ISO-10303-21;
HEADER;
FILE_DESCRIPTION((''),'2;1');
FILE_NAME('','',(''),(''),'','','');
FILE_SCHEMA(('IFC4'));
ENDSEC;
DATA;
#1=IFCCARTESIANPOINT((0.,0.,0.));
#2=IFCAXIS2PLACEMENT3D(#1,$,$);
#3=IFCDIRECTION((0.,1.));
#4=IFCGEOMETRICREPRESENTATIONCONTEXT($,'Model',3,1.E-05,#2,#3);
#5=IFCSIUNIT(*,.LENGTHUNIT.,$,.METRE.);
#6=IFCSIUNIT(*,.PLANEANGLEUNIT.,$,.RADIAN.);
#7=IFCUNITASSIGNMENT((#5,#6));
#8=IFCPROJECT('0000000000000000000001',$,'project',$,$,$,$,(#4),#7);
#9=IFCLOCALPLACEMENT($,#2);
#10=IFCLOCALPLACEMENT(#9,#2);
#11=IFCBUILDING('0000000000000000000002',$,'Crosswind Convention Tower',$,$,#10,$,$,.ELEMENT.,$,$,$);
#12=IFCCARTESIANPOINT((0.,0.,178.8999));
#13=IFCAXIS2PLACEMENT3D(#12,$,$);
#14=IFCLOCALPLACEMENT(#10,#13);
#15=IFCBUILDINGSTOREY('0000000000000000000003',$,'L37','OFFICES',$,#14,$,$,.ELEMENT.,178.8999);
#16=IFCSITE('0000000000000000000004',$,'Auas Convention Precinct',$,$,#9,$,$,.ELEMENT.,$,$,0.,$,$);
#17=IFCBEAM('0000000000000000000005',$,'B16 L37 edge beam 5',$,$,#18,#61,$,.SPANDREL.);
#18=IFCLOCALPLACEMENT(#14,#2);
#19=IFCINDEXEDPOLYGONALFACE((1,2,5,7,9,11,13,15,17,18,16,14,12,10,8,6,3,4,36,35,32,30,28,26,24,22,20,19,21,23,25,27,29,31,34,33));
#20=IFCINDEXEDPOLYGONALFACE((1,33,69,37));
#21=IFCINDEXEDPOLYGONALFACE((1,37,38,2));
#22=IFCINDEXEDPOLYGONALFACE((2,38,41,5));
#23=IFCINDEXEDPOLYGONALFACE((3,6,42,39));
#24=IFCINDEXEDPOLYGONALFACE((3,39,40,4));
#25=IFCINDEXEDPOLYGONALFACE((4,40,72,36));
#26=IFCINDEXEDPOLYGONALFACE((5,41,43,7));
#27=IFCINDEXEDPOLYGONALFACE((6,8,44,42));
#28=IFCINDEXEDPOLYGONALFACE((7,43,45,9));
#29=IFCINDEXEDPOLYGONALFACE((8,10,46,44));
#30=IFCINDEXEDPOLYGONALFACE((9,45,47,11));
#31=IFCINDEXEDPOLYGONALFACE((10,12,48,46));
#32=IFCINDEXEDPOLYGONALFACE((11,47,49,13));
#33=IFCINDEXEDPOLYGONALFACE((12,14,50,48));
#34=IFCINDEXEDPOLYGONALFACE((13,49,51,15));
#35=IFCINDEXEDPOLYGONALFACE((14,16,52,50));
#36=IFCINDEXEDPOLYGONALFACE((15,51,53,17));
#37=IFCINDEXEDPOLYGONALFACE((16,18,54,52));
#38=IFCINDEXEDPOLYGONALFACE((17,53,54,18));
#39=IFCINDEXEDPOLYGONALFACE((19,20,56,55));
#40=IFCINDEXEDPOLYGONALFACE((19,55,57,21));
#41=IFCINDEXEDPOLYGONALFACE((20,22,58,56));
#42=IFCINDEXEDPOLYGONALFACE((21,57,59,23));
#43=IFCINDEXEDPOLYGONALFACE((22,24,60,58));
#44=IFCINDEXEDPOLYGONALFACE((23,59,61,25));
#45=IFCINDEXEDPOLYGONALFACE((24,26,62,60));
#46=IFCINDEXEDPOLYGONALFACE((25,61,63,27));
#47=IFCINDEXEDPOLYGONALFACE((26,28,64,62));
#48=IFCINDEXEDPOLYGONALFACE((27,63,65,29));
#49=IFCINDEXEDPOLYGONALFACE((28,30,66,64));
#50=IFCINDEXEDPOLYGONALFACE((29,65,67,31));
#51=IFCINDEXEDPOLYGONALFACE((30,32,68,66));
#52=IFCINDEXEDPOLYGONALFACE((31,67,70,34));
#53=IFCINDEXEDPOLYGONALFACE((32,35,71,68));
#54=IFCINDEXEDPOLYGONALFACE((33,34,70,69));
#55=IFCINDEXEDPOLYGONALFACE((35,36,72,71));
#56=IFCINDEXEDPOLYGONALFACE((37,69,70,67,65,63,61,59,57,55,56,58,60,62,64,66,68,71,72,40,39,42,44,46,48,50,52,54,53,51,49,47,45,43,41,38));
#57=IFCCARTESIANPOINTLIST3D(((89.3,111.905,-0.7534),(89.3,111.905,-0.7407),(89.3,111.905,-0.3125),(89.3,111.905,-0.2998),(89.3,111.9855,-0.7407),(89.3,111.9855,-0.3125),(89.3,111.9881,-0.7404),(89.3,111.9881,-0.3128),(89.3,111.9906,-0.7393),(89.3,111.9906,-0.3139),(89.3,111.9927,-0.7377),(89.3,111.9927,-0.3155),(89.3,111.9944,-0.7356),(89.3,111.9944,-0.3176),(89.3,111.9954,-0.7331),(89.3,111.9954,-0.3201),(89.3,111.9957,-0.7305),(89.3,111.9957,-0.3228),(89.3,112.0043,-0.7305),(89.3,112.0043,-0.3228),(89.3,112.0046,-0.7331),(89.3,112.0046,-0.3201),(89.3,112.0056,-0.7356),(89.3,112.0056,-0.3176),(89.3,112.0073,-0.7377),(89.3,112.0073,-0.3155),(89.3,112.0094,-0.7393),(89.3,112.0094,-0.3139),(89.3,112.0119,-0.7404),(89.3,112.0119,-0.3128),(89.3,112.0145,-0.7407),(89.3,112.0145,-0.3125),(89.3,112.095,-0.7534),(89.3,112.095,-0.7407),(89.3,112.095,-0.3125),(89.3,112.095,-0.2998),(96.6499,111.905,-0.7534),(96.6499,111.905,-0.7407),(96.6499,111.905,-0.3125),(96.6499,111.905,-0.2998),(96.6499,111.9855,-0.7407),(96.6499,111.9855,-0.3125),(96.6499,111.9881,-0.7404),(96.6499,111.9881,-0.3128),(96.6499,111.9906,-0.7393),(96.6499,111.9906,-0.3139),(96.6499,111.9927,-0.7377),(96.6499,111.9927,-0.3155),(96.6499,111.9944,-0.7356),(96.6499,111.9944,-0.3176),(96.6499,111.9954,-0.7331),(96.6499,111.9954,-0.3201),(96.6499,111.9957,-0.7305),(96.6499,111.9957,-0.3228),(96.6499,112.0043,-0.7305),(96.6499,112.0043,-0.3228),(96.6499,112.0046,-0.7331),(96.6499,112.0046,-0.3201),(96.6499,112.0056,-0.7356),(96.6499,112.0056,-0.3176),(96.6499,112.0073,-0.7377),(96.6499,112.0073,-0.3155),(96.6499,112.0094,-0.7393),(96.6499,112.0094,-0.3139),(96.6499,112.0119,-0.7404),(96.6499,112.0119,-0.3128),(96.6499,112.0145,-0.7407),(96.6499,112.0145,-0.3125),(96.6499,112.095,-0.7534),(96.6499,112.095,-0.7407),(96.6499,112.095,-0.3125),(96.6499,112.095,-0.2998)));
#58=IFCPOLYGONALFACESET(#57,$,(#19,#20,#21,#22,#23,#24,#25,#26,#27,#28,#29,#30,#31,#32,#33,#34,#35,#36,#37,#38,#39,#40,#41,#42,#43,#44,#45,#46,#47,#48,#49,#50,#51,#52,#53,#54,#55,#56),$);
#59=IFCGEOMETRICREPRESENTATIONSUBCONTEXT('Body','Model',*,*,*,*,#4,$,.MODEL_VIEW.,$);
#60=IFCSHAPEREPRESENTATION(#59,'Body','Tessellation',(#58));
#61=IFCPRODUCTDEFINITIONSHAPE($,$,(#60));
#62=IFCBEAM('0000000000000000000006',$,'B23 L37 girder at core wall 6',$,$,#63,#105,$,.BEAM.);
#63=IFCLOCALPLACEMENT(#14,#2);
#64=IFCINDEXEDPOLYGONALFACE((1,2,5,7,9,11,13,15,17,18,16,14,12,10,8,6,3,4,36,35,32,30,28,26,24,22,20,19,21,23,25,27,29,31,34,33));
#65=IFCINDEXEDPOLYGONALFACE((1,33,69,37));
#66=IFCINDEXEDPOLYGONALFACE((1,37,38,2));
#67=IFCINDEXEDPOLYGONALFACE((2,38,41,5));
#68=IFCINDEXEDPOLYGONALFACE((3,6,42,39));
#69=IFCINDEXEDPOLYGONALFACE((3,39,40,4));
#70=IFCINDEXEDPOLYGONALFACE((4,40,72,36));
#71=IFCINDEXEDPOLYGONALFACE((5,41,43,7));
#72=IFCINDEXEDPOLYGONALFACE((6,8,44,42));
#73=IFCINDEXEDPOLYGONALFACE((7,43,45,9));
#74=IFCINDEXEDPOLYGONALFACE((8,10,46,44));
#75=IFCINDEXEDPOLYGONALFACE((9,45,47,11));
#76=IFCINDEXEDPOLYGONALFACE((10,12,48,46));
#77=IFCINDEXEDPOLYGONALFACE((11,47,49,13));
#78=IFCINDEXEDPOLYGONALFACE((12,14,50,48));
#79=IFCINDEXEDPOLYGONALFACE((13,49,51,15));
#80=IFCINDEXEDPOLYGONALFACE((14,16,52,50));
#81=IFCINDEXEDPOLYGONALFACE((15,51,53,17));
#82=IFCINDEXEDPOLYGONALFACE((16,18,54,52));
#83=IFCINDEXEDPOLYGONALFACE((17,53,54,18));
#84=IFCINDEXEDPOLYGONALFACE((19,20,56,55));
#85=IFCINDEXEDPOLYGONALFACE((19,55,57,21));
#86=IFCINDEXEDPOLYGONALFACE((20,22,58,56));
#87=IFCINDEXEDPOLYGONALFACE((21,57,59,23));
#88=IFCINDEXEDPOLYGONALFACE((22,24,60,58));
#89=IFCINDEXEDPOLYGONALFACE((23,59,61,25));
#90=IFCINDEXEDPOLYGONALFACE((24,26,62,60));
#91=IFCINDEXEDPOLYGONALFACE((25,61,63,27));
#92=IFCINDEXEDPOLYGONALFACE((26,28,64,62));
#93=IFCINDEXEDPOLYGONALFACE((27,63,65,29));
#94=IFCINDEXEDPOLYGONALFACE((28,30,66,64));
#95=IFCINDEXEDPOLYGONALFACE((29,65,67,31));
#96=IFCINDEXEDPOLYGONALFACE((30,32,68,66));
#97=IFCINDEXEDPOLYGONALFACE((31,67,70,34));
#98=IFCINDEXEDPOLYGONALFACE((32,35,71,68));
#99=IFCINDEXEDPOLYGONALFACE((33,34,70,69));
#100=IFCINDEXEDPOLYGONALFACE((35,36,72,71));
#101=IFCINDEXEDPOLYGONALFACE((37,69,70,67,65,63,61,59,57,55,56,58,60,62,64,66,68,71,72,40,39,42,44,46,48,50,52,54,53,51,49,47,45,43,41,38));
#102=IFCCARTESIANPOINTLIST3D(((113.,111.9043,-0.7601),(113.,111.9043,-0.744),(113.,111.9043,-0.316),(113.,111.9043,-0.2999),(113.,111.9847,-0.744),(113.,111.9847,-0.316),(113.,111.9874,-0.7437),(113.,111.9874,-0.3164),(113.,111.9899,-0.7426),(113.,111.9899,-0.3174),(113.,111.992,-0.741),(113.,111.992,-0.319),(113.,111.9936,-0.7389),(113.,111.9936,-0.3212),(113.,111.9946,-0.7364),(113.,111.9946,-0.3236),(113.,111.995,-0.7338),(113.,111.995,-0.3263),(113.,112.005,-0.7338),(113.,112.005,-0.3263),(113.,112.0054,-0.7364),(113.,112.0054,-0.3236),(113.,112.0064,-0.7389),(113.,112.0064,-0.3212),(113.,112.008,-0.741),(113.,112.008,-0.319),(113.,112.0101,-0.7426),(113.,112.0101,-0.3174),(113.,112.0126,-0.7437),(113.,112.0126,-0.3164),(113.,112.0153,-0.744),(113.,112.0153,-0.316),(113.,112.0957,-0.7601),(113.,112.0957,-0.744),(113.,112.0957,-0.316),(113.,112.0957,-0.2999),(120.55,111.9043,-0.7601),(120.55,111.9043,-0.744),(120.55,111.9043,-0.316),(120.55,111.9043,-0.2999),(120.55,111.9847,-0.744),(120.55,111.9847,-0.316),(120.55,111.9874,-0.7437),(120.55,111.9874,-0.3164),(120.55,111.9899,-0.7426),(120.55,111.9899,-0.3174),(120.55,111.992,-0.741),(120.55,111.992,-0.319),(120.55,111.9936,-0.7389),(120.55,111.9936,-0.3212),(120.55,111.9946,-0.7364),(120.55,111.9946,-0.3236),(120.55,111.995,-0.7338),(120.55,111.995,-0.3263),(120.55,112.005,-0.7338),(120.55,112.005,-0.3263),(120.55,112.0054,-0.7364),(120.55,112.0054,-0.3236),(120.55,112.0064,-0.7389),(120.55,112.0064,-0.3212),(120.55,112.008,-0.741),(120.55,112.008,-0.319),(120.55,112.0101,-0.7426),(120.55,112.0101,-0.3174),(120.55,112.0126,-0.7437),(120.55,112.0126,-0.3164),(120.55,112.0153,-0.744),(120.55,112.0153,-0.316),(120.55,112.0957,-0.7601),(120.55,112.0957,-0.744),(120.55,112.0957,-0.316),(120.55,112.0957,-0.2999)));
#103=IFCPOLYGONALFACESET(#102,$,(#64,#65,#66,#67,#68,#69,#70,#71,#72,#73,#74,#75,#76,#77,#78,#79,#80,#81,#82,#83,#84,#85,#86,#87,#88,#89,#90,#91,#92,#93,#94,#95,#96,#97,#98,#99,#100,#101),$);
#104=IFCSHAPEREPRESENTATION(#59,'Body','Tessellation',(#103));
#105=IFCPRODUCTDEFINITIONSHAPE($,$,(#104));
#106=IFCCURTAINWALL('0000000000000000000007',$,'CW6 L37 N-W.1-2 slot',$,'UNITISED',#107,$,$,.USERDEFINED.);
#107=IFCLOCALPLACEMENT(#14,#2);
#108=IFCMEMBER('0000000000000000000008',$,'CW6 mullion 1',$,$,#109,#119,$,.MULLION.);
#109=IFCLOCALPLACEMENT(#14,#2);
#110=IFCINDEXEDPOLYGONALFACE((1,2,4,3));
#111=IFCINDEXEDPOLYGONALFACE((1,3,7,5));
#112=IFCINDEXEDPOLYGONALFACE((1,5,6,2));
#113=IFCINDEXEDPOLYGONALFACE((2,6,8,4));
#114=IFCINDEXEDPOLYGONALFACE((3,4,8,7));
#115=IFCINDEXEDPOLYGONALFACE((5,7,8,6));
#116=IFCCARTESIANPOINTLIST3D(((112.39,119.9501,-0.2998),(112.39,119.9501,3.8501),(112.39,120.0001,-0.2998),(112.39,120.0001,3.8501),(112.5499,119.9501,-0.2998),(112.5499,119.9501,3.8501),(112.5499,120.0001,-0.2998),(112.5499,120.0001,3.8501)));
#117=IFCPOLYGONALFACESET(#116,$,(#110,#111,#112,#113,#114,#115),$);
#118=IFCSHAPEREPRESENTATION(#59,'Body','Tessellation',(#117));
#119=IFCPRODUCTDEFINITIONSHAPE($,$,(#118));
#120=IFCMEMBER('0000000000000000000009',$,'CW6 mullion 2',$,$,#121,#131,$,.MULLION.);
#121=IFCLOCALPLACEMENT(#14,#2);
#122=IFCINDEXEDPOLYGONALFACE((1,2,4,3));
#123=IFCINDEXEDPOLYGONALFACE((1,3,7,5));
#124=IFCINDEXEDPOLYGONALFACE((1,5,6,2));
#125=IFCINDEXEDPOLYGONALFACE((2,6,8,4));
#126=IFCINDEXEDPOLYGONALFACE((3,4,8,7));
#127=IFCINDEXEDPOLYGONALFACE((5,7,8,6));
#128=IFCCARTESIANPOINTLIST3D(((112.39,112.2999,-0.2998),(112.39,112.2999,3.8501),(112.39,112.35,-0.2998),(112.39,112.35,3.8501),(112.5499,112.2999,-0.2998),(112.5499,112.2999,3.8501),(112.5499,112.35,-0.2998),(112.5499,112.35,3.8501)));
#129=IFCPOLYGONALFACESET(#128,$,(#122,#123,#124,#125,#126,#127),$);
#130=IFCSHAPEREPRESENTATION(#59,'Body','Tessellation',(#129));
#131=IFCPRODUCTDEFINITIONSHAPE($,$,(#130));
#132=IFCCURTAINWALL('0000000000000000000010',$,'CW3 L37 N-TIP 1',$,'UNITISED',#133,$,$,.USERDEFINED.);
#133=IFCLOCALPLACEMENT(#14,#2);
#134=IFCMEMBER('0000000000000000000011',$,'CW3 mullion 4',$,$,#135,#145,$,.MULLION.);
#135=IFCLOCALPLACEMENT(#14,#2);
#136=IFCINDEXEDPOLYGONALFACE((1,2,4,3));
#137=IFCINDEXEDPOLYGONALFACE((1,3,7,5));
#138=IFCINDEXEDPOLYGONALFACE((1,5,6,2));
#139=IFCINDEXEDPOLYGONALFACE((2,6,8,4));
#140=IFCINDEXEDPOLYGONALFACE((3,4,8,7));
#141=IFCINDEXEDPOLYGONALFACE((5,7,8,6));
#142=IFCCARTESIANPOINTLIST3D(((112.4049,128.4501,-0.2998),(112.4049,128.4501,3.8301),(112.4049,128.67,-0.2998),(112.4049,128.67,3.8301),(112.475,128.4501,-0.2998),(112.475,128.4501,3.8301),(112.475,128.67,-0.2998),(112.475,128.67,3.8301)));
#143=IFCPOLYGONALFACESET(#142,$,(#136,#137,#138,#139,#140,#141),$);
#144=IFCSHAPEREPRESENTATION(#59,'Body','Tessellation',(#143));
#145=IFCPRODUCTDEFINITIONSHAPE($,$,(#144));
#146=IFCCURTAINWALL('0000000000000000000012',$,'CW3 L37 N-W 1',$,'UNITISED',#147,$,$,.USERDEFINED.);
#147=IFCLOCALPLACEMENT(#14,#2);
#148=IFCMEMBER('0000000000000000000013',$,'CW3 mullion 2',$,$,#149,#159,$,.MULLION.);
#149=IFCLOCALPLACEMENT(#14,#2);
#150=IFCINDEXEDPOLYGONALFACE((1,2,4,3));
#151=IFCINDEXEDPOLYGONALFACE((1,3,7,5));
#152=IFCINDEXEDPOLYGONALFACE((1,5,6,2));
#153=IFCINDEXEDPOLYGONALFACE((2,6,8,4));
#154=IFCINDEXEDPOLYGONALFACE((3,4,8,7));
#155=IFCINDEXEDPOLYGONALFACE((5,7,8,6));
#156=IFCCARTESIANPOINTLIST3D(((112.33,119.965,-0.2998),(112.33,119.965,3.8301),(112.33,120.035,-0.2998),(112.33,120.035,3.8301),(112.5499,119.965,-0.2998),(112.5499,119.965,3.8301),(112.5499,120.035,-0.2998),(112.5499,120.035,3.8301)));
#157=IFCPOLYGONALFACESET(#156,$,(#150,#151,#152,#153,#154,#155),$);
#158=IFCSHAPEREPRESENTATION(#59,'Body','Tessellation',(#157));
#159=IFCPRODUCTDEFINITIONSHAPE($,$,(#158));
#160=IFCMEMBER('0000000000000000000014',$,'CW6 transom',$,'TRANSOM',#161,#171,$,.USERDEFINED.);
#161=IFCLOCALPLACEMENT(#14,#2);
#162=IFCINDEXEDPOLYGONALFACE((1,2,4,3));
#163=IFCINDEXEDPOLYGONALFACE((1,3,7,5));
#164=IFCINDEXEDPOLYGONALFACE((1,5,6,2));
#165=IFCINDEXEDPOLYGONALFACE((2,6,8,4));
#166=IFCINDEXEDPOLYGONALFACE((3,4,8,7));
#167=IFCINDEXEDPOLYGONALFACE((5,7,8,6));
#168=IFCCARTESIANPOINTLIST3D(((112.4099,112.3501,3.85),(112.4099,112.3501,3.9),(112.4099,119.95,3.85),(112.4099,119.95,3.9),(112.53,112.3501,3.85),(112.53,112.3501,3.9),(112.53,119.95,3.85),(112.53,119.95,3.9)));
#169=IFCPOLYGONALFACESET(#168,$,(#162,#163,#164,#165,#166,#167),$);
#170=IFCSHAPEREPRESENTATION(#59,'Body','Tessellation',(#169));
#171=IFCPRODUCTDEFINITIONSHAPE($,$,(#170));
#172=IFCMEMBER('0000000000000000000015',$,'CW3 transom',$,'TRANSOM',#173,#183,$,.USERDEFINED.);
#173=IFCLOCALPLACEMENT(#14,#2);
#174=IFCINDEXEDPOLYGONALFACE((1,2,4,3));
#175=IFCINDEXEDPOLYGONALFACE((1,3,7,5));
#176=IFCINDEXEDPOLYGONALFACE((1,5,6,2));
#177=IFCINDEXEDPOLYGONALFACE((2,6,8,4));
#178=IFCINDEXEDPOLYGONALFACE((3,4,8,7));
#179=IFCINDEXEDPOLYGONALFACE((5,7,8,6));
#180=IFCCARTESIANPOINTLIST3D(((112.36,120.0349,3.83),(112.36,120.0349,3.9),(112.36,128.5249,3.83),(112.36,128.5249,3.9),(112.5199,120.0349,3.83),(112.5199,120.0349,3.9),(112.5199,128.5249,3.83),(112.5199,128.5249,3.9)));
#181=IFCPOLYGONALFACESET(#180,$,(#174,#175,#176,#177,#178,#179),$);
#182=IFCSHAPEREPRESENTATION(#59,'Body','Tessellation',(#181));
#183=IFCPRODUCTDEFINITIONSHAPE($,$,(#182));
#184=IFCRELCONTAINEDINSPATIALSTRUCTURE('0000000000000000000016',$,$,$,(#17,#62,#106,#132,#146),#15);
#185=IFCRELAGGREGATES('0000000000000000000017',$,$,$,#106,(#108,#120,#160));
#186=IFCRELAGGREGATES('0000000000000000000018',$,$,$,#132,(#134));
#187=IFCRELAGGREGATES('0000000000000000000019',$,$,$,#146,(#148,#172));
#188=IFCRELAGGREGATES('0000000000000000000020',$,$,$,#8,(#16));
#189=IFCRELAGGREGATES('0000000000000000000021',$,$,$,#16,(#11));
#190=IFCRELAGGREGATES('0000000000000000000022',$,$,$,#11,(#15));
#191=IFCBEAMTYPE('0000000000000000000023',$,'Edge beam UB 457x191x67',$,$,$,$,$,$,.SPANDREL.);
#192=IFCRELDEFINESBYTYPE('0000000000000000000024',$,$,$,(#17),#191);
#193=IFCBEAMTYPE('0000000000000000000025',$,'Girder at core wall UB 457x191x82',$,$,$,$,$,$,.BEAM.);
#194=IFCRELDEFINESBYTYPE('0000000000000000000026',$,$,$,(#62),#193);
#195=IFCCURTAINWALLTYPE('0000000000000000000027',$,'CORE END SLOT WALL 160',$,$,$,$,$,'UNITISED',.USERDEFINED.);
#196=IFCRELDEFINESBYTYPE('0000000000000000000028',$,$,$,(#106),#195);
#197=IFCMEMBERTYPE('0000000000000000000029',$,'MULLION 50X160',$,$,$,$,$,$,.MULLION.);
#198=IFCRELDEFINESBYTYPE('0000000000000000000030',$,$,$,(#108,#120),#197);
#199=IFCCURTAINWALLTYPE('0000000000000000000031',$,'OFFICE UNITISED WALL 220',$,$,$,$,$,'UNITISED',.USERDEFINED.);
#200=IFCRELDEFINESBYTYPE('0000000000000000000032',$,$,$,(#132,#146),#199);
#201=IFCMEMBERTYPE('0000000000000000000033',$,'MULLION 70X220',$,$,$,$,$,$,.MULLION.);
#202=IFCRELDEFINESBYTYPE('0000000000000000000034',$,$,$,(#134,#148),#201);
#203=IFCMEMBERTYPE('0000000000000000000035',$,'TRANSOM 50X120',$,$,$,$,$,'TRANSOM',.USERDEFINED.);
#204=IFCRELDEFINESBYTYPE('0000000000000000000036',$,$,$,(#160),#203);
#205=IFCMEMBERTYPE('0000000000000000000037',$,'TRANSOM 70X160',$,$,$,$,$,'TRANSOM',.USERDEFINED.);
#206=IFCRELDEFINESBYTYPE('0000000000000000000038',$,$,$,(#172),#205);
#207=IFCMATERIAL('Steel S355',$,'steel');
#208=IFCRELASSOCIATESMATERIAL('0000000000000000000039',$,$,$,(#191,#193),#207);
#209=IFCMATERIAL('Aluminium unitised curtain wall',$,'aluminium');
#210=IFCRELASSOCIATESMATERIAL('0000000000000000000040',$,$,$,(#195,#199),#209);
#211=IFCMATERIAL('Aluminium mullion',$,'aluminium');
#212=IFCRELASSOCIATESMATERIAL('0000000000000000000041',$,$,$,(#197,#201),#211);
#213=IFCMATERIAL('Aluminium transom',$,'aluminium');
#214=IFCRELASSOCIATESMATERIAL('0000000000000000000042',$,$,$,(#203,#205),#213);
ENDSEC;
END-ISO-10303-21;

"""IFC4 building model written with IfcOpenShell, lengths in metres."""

from ifc_helpers import new_model, si_unit, direction, frame, origin, origin_2d, place, context, subcontext, project, spatial, rectangle, i_section, extrude, material, material_profile, profile_set, type_object, element, aggregate, save


model = new_model("IFC4")

# Units and contexts
model_context = context("Model", 3, precision=1e-05, world=origin(), true_north=direction((0.0, 1.0)))
body_context = subcontext(model_context, "Body", "Model", "MODEL_VIEW")
ifc_project = project(units=[si_unit("LENGTHUNIT", "METRE"), si_unit("PLANEANGLEUNIT", "RADIAN")], contexts=[model_context])

# Site, building, storey
site_placement = place(None, origin())
site = spatial("IfcSite", under=ifc_project, at=site_placement, Name="Auas Convention Precinct", CompositionType="ELEMENT", RefElevation=0.0)
building_placement = place(site_placement, origin())
building = spatial("IfcBuilding", under=site, at=building_placement, Name="Crosswind Convention Tower", CompositionType="ELEMENT")
storey_placement = place(building_placement, frame((0.0, 0.0, 178.8999)))
storey = spatial("IfcBuildingStorey", under=building, at=storey_placement, Name="L37", Description="OFFICES", CompositionType="ELEMENT", Elevation=178.8999)

# Beams
ifc_material_1 = material(Name="Steel S355", Category="steel")
ifc_material_profile_1 = material_profile(ifc_material_1, i_section(OverallWidth=0.1899, OverallDepth=0.4536, WebThickness=0.0085, FlangeThickness=0.0127, FilletRadius=0.0103, at=origin_2d()), Name="UB 457x191x67")
ifc_profile_set_1 = profile_set([ifc_material_profile_1], Name="Steel S355")
beam_type_1 = type_object("IfcBeamType", Name="Edge beam UB 457x191x67", PredefinedType="SPANDREL", material=ifc_profile_set_1)
beam_1_placement = place(storey_placement, frame((89.3, 112.0, -0.5266), z_axis=(1.0, 0.0, 0.0), x_axis=(0.0, 1.0, 0.0)))
element("IfcBeam", 1, at=beam_1_placement, inside=storey, type_object=beam_type_1, Name="B16 L37 edge beam 5", PredefinedType="SPANDREL", context=body_context, shape_type="SweptSolid", body=[
    extrude(i_section(OverallWidth=0.1899, OverallDepth=0.4536, WebThickness=0.0085, FlangeThickness=0.0127, FilletRadius=0.0103, at=origin_2d()), origin(), (0.0, 0.0, 1.0), 7.3499),
])
ifc_material_profile_2 = material_profile(ifc_material_1, i_section(OverallWidth=0.1914, OverallDepth=0.4602, WebThickness=0.01, FlangeThickness=0.0161, FilletRadius=0.0103, at=origin_2d()), Name="UB 457x191x82")
ifc_profile_set_2 = profile_set([ifc_material_profile_2], Name="Steel S355")
beam_type_2 = type_object("IfcBeamType", Name="Girder at core wall UB 457x191x82", PredefinedType="BEAM", material=ifc_profile_set_2)
beam_2_placement = place(storey_placement, frame((113.0, 112.0, -0.53), z_axis=(1.0, 0.0, 0.0), x_axis=(0.0, 1.0, 0.0)))
element("IfcBeam", 2, at=beam_2_placement, inside=storey, type_object=beam_type_2, Name="B23 L37 girder at core wall 6", PredefinedType="BEAM", context=body_context, shape_type="SweptSolid", body=[
    extrude(i_section(OverallWidth=0.1914, OverallDepth=0.4602, WebThickness=0.01, FlangeThickness=0.0161, FilletRadius=0.0103, at=origin_2d()), origin(), (0.0, 0.0, 1.0), 7.55),
])

# Curtain wall, members
ifc_material_2 = material(Name="Aluminium unitised curtain wall", Category="aluminium")
curtain_wall_type_1 = type_object("IfcCurtainWallType", Name="CORE END SLOT WALL 160", ElementType="UNITISED", PredefinedType="USERDEFINED", material=ifc_material_2)
curtain_wall_1_placement = place(storey_placement, origin())
curtain_wall_1 = element("IfcCurtainWall", 3, at=curtain_wall_1_placement, inside=storey, type_object=curtain_wall_type_1, Name="CW6 L37 N-W.1-2 slot", ObjectType="UNITISED", PredefinedType="USERDEFINED")
ifc_material_3 = material(Name="Aluminium mullion", Category="aluminium")
ifc_material_profile_3 = material_profile(ifc_material_3, rectangle(XDim=0.1599, YDim=0.05, at=origin_2d()), Name="AL 160X50")
ifc_profile_set_3 = profile_set([ifc_material_profile_3], Name="Aluminium mullion")
member_type_1 = type_object("IfcMemberType", Name="MULLION 50X160", PredefinedType="MULLION", material=ifc_profile_set_3)
member_1_placement = place(storey_placement, frame((112.47, 119.9751, -0.2998), z_axis=(0.0, 0.0, 1.0), x_axis=(-1.0, 0.0, 0.0)))
member_1 = element("IfcMember", 4, at=member_1_placement, type_object=member_type_1, Name="CW6 mullion 1", PredefinedType="MULLION", context=body_context, shape_type="SweptSolid", body=[
    extrude(rectangle(XDim=0.1599, YDim=0.05, at=origin_2d()), origin(), (0.0, 0.0, 1.0), 4.1499),
])
member_2_placement = place(storey_placement, frame((112.47, 112.325, -0.2998), z_axis=(0.0, 0.0, 1.0), x_axis=(-1.0, 0.0, 0.0)))
member_2 = element("IfcMember", 5, at=member_2_placement, type_object=member_type_1, Name="CW6 mullion 2", PredefinedType="MULLION", context=body_context, shape_type="SweptSolid", body=[
    extrude(rectangle(XDim=0.1599, YDim=0.05, at=origin_2d()), origin(), (0.0, 0.0, 1.0), 4.1499),
])

# Curtain walls, members
curtain_wall_type_2 = type_object("IfcCurtainWallType", Name="OFFICE UNITISED WALL 220", ElementType="UNITISED", PredefinedType="USERDEFINED", material=ifc_material_2)
curtain_wall_2_placement = place(storey_placement, origin())
curtain_wall_2 = element("IfcCurtainWall", 6, at=curtain_wall_2_placement, inside=storey, type_object=curtain_wall_type_2, Name="CW3 L37 N-TIP 1", ObjectType="UNITISED", PredefinedType="USERDEFINED")
ifc_material_profile_4 = material_profile(ifc_material_3, rectangle(XDim=0.22, YDim=0.0701, at=origin_2d()), Name="AL 220X70")
ifc_profile_set_4 = profile_set([ifc_material_profile_4], Name="Aluminium mullion")
member_type_2 = type_object("IfcMemberType", Name="MULLION 70X220", PredefinedType="MULLION", material=ifc_profile_set_4)
member_3_placement = place(storey_placement, frame((112.4399, 128.5601, -0.2998), z_axis=(0.0, 0.0, 1.0), x_axis=(0.0, 1.0, 0.0)))
member_3 = element("IfcMember", 7, at=member_3_placement, type_object=member_type_2, Name="CW3 mullion 4", PredefinedType="MULLION", context=body_context, shape_type="SweptSolid", body=[
    extrude(rectangle(XDim=0.22, YDim=0.0701, at=origin_2d()), origin(), (0.0, 0.0, 1.0), 4.1299),
])
curtain_wall_3_placement = place(storey_placement, origin())
curtain_wall_3 = element("IfcCurtainWall", 8, at=curtain_wall_3_placement, inside=storey, type_object=curtain_wall_type_2, Name="CW3 L37 N-W 1", ObjectType="UNITISED", PredefinedType="USERDEFINED")
member_4_placement = place(storey_placement, frame((112.4399, 120.0, -0.2998), z_axis=(0.0, 0.0, 1.0), x_axis=(-1.0, 0.0, 0.0)))
member_4 = element("IfcMember", 9, at=member_4_placement, type_object=member_type_2, Name="CW3 mullion 2", PredefinedType="MULLION", context=body_context, shape_type="SweptSolid", body=[
    extrude(rectangle(XDim=0.22, YDim=0.0701, at=origin_2d()), origin(), (0.0, 0.0, 1.0), 4.1299),
])

# Members
ifc_material_4 = material(Name="Aluminium transom", Category="aluminium")
ifc_material_profile_5 = material_profile(ifc_material_4, rectangle(XDim=0.1201, YDim=0.05, at=origin_2d()), Name="AL 120X50")
ifc_profile_set_5 = profile_set([ifc_material_profile_5], Name="Aluminium transom")
member_type_3 = type_object("IfcMemberType", Name="TRANSOM 50X120", ElementType="TRANSOM", PredefinedType="USERDEFINED", material=ifc_profile_set_5)
member_5_placement = place(storey_placement, frame((112.47, 119.95, 3.875), z_axis=(0.0, -1.0, 0.0), x_axis=(1.0, 0.0, 0.0)))
member_5 = element("IfcMember", 10, at=member_5_placement, type_object=member_type_3, Name="CW6 transom", ObjectType="TRANSOM", PredefinedType="USERDEFINED", context=body_context, shape_type="SweptSolid", body=[
    extrude(rectangle(XDim=0.1201, YDim=0.05, at=origin_2d()), origin(), (0.0, 0.0, 1.0), 7.5999),
])
ifc_material_profile_6 = material_profile(ifc_material_4, rectangle(XDim=0.1599, YDim=0.0701, at=origin_2d()), Name="AL 160X70")
ifc_profile_set_6 = profile_set([ifc_material_profile_6], Name="Aluminium transom")
member_type_4 = type_object("IfcMemberType", Name="TRANSOM 70X160", ElementType="TRANSOM", PredefinedType="USERDEFINED", material=ifc_profile_set_6)
member_6_placement = place(storey_placement, frame((112.4399, 128.5249, 3.865), z_axis=(0.0, -1.0, 0.0), x_axis=(1.0, 0.0, 0.0)))
member_6 = element("IfcMember", 11, at=member_6_placement, type_object=member_type_4, Name="CW3 transom", ObjectType="TRANSOM", PredefinedType="USERDEFINED", context=body_context, shape_type="SweptSolid", body=[
    extrude(rectangle(XDim=0.1599, YDim=0.0701, at=origin_2d()), origin(), (0.0, 0.0, 1.0), 8.49),
])

aggregate(curtain_wall_1, [member_1, member_2, member_5])
aggregate(curtain_wall_2, [member_3])

aggregate(curtain_wall_3, [member_4, member_6])

save(model, "model.ifc")
